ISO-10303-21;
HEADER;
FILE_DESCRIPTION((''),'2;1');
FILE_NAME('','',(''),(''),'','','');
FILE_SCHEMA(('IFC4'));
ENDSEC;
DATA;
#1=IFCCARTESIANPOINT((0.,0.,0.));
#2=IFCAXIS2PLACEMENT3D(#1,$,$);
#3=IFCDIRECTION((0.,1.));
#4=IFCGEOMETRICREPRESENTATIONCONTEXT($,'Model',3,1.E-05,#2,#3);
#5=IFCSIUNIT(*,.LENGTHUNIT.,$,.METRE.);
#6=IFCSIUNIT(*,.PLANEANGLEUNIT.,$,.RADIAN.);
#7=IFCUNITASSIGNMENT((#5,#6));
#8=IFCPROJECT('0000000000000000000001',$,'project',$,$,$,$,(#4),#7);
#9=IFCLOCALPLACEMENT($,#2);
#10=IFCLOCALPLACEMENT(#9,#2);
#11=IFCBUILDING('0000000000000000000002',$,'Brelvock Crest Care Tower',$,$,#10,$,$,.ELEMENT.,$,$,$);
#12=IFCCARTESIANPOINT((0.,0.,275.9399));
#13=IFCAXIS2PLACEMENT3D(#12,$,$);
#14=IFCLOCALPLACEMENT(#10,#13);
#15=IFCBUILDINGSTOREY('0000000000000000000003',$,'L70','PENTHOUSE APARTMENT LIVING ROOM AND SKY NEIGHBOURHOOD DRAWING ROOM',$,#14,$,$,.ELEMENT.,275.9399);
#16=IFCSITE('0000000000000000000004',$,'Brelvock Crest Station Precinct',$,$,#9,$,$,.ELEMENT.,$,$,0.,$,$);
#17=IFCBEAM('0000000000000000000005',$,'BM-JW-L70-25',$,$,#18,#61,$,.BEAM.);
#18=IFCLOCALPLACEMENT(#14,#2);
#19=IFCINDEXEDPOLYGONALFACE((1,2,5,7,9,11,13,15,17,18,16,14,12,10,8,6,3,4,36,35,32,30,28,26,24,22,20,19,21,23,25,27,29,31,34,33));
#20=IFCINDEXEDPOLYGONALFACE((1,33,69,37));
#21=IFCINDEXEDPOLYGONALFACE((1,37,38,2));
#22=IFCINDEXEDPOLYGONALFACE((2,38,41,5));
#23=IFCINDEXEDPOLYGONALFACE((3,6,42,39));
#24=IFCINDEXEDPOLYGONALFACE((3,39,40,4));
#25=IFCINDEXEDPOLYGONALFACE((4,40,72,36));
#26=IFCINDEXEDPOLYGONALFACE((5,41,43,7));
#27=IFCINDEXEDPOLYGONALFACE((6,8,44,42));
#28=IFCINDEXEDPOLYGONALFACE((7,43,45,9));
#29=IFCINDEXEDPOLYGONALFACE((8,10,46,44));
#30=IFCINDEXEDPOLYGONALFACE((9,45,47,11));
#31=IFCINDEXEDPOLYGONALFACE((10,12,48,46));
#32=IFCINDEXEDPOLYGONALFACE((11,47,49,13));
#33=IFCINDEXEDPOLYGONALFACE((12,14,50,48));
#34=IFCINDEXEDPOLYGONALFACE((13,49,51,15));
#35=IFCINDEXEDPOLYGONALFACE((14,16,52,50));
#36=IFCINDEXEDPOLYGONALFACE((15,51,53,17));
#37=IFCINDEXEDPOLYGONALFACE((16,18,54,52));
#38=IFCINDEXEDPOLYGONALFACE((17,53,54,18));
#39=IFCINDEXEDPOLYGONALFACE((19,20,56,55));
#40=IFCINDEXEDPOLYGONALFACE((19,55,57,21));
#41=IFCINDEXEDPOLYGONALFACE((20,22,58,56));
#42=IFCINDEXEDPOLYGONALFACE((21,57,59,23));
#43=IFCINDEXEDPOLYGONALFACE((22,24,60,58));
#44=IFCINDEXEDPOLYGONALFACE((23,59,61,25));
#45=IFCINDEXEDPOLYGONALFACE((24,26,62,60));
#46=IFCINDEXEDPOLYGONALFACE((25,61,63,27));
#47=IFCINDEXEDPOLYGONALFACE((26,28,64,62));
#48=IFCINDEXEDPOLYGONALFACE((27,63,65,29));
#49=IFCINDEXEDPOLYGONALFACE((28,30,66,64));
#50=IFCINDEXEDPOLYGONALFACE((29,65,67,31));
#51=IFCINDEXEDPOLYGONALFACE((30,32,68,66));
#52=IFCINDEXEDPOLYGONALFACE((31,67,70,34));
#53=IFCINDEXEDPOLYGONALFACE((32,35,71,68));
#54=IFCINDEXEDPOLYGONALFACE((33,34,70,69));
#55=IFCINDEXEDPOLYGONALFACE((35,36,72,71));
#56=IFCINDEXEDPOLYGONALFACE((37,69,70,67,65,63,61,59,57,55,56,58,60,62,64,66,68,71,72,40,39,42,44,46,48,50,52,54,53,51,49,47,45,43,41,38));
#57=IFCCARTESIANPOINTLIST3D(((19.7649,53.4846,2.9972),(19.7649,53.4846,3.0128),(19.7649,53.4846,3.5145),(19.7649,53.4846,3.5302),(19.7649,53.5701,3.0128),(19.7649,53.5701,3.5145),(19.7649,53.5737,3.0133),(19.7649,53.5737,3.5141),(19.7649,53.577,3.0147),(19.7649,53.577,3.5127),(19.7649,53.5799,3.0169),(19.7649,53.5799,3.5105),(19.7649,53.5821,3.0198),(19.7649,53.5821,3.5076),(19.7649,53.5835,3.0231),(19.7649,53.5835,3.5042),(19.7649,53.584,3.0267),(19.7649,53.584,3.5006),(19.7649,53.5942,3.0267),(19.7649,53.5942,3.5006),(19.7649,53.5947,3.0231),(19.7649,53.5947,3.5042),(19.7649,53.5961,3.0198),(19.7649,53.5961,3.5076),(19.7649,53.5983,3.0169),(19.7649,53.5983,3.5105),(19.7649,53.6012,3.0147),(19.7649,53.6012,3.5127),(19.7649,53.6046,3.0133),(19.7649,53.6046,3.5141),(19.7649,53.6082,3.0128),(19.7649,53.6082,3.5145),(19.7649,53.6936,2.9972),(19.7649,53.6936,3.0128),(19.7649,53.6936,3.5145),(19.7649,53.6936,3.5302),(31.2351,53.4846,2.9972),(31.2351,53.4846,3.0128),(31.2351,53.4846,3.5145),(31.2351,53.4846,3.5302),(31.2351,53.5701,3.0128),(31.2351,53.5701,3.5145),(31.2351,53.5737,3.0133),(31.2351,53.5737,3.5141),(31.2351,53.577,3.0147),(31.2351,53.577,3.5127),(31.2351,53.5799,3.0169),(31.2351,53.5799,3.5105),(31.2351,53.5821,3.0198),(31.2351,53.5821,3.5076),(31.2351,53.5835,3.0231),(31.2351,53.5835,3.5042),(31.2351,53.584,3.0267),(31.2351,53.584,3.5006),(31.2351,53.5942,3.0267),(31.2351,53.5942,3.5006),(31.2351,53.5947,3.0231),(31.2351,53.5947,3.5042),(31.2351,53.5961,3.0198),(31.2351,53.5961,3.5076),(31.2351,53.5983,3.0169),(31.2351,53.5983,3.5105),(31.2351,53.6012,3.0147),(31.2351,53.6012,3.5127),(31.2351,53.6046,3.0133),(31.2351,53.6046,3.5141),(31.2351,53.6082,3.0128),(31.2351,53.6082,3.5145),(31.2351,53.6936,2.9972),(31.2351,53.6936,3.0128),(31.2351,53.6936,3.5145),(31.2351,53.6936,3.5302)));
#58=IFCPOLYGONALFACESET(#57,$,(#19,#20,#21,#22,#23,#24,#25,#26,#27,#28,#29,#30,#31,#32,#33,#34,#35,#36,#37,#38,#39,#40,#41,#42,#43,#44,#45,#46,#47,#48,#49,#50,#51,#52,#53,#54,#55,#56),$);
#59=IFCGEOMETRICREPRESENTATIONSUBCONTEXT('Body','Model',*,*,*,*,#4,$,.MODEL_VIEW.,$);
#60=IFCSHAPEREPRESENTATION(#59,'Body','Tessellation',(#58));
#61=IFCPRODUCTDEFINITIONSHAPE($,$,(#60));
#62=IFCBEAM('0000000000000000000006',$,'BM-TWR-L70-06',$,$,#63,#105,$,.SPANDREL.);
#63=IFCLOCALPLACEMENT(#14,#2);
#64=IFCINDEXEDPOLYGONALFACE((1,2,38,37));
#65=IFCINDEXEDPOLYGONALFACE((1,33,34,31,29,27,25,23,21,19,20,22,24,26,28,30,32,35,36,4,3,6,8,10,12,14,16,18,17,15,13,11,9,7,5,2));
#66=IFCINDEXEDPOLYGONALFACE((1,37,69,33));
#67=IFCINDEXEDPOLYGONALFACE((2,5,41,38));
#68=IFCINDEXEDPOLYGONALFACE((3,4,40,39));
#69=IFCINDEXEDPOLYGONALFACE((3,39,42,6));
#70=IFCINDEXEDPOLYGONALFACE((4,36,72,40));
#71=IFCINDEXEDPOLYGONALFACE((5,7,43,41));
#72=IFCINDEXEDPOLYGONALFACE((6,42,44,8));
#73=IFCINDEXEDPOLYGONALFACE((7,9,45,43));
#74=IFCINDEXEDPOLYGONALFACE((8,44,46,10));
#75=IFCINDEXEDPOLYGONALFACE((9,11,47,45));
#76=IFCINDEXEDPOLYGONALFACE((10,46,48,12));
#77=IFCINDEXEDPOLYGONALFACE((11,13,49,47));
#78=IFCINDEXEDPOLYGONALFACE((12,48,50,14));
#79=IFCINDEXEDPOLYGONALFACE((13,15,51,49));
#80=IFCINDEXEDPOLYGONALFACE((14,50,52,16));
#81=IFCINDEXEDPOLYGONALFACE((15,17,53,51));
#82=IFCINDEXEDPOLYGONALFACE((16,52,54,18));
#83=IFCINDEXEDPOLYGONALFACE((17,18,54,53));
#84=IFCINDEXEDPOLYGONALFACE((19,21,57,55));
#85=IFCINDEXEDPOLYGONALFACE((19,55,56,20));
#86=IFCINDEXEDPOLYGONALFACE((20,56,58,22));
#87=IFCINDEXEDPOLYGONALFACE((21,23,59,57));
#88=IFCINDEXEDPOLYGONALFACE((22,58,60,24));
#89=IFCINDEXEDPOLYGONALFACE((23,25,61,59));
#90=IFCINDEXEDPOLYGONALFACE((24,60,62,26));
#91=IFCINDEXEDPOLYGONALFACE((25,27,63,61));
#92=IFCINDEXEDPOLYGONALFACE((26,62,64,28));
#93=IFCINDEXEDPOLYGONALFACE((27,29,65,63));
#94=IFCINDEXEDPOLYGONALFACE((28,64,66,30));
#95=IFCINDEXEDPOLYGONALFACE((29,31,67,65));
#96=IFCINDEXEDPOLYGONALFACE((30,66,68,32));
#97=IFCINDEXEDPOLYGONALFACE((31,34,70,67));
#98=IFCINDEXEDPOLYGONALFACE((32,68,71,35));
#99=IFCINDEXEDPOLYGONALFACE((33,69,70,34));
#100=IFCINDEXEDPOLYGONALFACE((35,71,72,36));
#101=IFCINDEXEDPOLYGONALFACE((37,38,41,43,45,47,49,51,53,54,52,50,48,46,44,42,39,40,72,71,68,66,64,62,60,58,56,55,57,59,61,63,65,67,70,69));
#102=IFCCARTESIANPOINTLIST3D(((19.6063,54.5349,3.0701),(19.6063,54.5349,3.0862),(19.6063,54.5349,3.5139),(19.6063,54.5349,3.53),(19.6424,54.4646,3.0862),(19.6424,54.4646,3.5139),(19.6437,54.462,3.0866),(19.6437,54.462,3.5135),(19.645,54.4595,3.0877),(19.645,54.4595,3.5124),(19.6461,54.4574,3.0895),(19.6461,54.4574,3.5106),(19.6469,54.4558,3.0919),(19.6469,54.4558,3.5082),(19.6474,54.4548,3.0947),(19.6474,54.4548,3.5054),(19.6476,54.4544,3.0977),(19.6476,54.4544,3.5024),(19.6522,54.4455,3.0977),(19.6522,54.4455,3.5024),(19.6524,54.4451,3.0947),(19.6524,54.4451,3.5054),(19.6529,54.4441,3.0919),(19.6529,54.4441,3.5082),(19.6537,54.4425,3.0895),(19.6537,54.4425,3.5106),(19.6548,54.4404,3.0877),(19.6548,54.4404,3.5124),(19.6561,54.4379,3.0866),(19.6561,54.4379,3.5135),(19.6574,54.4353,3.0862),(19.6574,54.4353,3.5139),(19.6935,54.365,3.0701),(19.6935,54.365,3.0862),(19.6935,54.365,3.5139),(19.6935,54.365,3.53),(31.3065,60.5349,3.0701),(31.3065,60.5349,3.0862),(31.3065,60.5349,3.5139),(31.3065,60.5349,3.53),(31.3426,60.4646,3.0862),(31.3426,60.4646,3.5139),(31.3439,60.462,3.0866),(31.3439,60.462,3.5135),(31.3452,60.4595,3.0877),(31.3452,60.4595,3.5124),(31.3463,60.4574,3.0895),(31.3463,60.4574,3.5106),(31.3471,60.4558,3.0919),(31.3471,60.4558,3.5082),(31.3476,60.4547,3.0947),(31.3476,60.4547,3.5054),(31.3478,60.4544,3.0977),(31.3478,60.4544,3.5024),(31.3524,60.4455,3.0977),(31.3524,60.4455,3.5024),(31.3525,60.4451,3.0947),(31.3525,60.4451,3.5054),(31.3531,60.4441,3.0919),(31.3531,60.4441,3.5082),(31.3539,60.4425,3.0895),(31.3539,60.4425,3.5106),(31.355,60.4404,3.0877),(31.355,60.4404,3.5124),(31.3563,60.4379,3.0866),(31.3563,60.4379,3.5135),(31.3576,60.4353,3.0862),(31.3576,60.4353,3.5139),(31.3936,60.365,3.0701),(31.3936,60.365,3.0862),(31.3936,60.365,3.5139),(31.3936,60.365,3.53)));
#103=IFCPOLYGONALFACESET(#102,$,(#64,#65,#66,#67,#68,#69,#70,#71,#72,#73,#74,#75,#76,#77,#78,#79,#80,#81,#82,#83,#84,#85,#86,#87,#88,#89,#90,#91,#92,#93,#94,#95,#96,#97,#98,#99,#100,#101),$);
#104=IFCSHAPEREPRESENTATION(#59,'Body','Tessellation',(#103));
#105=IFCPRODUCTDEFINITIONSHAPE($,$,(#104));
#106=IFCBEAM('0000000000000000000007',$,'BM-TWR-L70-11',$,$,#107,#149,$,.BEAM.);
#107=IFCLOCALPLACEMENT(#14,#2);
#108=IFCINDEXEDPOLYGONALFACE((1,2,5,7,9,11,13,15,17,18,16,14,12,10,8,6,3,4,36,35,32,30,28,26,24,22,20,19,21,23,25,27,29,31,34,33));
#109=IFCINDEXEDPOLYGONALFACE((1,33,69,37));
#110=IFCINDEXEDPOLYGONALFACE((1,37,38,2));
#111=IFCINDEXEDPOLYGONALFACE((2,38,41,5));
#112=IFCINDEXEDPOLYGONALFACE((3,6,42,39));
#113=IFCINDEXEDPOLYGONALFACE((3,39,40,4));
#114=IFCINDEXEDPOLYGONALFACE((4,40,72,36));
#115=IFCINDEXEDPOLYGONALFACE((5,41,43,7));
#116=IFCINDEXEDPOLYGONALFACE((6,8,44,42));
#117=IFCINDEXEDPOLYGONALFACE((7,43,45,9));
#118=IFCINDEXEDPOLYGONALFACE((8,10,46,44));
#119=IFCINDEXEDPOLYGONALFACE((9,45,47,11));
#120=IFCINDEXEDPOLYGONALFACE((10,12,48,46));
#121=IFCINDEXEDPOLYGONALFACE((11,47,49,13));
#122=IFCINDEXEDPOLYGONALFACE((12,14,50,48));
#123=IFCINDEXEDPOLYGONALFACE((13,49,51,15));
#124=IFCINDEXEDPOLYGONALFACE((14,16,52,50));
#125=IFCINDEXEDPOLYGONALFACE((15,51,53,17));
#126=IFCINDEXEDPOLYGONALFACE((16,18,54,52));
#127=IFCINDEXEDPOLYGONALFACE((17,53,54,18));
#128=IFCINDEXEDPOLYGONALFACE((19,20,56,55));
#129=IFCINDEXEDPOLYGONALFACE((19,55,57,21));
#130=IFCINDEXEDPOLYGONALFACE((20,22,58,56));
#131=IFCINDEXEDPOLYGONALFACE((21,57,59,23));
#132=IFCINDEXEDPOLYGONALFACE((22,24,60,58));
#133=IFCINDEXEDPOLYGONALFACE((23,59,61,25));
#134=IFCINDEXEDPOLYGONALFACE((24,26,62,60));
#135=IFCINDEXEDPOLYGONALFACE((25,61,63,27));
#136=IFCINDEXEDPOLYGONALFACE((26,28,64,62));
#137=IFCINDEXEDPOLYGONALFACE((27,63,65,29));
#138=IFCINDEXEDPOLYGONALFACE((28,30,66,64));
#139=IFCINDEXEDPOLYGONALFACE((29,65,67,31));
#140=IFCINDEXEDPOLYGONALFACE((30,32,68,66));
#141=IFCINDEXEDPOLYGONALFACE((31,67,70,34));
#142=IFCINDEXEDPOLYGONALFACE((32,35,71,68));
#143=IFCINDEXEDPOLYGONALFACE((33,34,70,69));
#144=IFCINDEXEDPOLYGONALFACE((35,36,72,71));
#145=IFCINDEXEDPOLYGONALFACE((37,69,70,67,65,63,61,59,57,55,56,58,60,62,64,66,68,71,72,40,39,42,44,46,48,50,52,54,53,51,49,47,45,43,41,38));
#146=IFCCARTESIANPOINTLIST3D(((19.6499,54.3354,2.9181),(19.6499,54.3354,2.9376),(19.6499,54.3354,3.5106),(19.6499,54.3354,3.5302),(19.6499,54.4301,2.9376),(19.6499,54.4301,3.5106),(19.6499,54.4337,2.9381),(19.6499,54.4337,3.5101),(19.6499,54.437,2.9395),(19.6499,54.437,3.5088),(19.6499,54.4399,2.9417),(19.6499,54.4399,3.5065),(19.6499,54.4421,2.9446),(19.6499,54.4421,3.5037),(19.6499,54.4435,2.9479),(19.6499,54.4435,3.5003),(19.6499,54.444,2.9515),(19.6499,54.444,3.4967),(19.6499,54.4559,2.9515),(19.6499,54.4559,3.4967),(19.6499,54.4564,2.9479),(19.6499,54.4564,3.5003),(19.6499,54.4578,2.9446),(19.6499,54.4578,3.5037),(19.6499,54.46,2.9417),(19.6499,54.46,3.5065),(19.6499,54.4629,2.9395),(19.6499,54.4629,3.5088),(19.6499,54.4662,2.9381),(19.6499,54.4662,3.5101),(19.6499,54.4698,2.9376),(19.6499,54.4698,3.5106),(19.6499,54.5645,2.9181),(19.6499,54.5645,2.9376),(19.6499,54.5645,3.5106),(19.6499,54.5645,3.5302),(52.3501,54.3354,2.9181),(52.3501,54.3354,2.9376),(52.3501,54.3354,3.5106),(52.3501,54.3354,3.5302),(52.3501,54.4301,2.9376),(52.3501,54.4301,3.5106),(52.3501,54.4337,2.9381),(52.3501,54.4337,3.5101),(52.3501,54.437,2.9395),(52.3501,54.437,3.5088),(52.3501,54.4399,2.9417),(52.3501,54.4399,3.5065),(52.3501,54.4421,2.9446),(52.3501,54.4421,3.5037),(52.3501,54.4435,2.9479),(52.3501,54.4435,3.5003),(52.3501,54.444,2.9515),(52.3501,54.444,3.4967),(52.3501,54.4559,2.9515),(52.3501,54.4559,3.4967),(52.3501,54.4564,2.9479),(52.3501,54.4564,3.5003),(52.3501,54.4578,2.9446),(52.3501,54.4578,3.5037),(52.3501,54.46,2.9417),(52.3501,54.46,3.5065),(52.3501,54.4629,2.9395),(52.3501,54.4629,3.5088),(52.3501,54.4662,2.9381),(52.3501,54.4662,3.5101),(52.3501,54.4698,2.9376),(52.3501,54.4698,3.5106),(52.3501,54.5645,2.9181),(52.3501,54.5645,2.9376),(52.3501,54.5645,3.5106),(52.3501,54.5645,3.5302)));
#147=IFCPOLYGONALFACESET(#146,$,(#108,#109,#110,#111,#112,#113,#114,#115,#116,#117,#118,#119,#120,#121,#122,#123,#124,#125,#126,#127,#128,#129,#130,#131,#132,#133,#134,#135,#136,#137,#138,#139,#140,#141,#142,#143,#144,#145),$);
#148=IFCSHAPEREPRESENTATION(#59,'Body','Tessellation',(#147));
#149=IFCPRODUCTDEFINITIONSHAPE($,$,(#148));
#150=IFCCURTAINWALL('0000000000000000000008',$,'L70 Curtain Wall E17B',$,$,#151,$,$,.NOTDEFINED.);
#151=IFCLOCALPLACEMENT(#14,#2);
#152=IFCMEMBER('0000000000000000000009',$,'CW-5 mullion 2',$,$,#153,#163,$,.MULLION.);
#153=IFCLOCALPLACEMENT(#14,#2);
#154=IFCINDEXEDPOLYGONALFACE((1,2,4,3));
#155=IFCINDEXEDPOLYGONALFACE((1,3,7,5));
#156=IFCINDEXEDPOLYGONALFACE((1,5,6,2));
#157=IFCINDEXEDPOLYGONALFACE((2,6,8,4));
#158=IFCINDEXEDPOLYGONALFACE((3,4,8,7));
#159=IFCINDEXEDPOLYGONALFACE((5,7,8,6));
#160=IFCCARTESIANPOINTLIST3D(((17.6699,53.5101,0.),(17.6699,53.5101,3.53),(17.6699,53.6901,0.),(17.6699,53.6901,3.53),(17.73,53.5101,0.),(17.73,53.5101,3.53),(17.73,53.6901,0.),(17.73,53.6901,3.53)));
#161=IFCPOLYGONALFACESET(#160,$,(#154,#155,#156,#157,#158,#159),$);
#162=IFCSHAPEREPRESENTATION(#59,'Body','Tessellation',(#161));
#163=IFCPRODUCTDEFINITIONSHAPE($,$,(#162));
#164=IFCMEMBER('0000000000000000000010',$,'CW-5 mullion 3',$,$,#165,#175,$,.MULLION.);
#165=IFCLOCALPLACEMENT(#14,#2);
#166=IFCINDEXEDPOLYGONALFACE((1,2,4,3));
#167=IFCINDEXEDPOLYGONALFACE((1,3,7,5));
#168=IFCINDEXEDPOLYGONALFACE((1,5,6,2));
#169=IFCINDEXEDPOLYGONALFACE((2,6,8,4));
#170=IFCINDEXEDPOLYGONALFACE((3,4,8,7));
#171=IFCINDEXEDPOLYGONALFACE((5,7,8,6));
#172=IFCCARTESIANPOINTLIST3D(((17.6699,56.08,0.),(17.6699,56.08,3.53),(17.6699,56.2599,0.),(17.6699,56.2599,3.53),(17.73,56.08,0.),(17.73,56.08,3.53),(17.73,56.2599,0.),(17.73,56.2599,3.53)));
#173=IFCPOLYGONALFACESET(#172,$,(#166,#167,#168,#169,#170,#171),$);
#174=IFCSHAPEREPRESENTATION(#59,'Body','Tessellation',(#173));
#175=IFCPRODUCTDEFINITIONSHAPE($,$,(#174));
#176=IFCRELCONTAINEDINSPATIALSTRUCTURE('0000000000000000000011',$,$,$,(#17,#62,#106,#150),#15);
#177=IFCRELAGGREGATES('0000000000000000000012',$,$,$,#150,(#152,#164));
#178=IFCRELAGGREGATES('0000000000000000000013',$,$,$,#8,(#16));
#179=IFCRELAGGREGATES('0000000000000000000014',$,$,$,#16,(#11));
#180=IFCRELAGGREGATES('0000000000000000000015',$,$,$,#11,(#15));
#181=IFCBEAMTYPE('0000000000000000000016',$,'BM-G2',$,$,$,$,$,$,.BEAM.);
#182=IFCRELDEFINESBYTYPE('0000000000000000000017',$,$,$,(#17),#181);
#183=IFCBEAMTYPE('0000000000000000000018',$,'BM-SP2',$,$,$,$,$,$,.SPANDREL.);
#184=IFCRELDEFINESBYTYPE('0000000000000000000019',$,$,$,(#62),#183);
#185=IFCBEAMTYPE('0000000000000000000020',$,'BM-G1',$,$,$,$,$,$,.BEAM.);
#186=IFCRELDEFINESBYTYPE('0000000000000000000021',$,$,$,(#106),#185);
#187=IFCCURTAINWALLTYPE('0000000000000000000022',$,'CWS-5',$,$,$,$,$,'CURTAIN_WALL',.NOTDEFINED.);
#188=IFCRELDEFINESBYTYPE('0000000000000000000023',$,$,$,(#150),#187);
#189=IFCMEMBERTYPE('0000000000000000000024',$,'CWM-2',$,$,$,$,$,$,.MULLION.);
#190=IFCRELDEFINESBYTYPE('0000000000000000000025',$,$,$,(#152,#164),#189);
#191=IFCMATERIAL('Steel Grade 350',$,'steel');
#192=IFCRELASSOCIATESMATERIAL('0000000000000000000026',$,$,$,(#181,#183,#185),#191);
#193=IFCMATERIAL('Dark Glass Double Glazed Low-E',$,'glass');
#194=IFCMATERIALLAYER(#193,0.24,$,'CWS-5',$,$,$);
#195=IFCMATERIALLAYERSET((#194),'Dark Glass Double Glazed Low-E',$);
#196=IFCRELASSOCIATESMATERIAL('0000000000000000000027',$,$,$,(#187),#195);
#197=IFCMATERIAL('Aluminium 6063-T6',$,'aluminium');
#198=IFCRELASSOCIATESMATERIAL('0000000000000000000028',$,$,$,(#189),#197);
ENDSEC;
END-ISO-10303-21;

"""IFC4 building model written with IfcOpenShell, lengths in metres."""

from ifc_helpers import new_model, si_unit, direction, frame, origin, origin_2d, place, context, subcontext, project, spatial, rectangle, i_section, extrude, source, transform, mapped, material, layer, layer_set, material_profile, profile_set, type_object, element, aggregate, save


model = new_model("IFC4")

# Units and contexts
model_context = context("Model", 3, precision=1e-05, world=origin(), true_north=direction((0.0, 1.0)))
body_context = subcontext(model_context, "Body", "Model", "MODEL_VIEW")
ifc_project = project(units=[si_unit("LENGTHUNIT", "METRE"), si_unit("PLANEANGLEUNIT", "RADIAN")], contexts=[model_context])

# Site, building, storey
site_placement = place(None, origin())
site = spatial("IfcSite", under=ifc_project, at=site_placement, Name="Brelvock Crest Station Precinct", CompositionType="ELEMENT", RefElevation=0.0)
building_placement = place(site_placement, origin())
building = spatial("IfcBuilding", under=site, at=building_placement, Name="Brelvock Crest Care Tower", CompositionType="ELEMENT")
storey_placement = place(building_placement, frame((0.0, 0.0, 275.9399)))
storey = spatial("IfcBuildingStorey", under=building, at=storey_placement, Name="L70", Description="PENTHOUSE APARTMENT LIVING ROOM AND SKY NEIGHBOURHOOD DRAWING ROOM", CompositionType="ELEMENT", Elevation=275.9399)

# Shared definitions
ifc_material_1 = material(Name="Steel Grade 350", Category="steel")

# Beams
ifc_material_profile_1 = material_profile(ifc_material_1, i_section(OverallWidth=0.209, OverallDepth=0.533, WebThickness=0.0103, FlangeThickness=0.0156, FilletRadius=0.0139, at=origin_2d()), Name="530UB92.4")
ifc_profile_set_1 = profile_set([ifc_material_profile_1], Name="Steel Grade 350")
beam_type_1 = type_object("IfcBeamType", Name="BM-G2", PredefinedType="BEAM", material=ifc_profile_set_1)
shared_shape_1 = source(origin(), body_context, "Body", "SweptSolid", [
    extrude(i_section(OverallWidth=0.209, OverallDepth=0.533, WebThickness=0.0103, FlangeThickness=0.0156, FilletRadius=0.0139, at=origin_2d()), origin(), (0.0, 0.0, 1.0), 11.4702),
])
beam_1_placement = place(storey_placement, frame((19.7649, 53.5891, 3.2637), z_axis=(1.0, 0.0, 0.0), x_axis=(0.0, 1.0, 0.0)))
element("IfcBeam", 1, at=beam_1_placement, inside=storey, type_object=beam_type_1, Name="BM-JW-L70-25", PredefinedType="BEAM", context=body_context, shape_type="MappedRepresentation", body=[
    mapped(shared_shape_1, transform((0.0, 0.0, 0.0), x_axis=(1.0, 0.0, 0.0), y_axis=(0.0, 1.0, 0.0), z_axis=(0.0, 0.0, 1.0), scale=1.0)),
])
ifc_material_profile_2 = material_profile(ifc_material_1, i_section(OverallWidth=0.1909, OverallDepth=0.46, WebThickness=0.01, FlangeThickness=0.0161, FilletRadius=0.0115, at=origin_2d()), Name="460UB82.1")
ifc_profile_set_2 = profile_set([ifc_material_profile_2], Name="Steel Grade 350")
beam_type_2 = type_object("IfcBeamType", Name="BM-SP2", PredefinedType="SPANDREL", material=ifc_profile_set_2)
shared_shape_2 = source(origin(), body_context, "Body", "SweptSolid", [
    extrude(i_section(OverallWidth=0.1909, OverallDepth=0.46, WebThickness=0.01, FlangeThickness=0.0161, FilletRadius=0.0115, at=origin_2d()), origin(), (0.0, 0.0, 1.0), 13.1489),
])
beam_2_placement = place(storey_placement, frame((19.6499, 54.45, 3.3), z_axis=(0.889821, 0.456311, 0.0), x_axis=(-0.456311, 0.889821, 0.0)))
element("IfcBeam", 2, at=beam_2_placement, inside=storey, type_object=beam_type_2, Name="BM-TWR-L70-06", PredefinedType="SPANDREL", context=body_context, shape_type="MappedRepresentation", body=[
    mapped(shared_shape_2, transform((0.0, 0.0, 0.0), x_axis=(1.0, 0.0, 0.0), y_axis=(0.0, 1.0, 0.0), z_axis=(0.0, 0.0, 1.0), scale=1.0)),
])
ifc_material_profile_3 = material_profile(ifc_material_1, i_section(OverallWidth=0.229, OverallDepth=0.6121, WebThickness=0.012, FlangeThickness=0.0195, FilletRadius=0.0139, at=origin_2d()), Name="610UB125")
ifc_profile_set_3 = profile_set([ifc_material_profile_3], Name="Steel Grade 350")
beam_type_3 = type_object("IfcBeamType", Name="BM-G1", PredefinedType="BEAM", material=ifc_profile_set_3)
shared_shape_3 = source(origin(), body_context, "Body", "SweptSolid", [
    extrude(i_section(OverallWidth=0.229, OverallDepth=0.6121, WebThickness=0.012, FlangeThickness=0.0195, FilletRadius=0.0139, at=origin_2d()), origin(), (0.0, 0.0, 1.0), 32.7002),
])
beam_3_placement = place(storey_placement, frame((19.6499, 54.45, 3.2241), z_axis=(1.0, 0.0, 0.0), x_axis=(0.0, 1.0, 0.0)))
element("IfcBeam", 3, at=beam_3_placement, inside=storey, type_object=beam_type_3, Name="BM-TWR-L70-11", PredefinedType="BEAM", context=body_context, shape_type="MappedRepresentation", body=[
    mapped(shared_shape_3, transform((0.0, 0.0, 0.0), x_axis=(1.0, 0.0, 0.0), y_axis=(0.0, 1.0, 0.0), z_axis=(0.0, 0.0, 1.0), scale=1.0)),
])

# Curtain wall, members
ifc_material_2 = material(Name="Dark Glass Double Glazed Low-E", Category="glass")
ifc_layer_1 = layer(ifc_material_2, 0.24, Name="CWS-5")
ifc_layer_set_1 = layer_set([ifc_layer_1], Name="Dark Glass Double Glazed Low-E")
curtain_wall_type = type_object("IfcCurtainWallType", Name="CWS-5", ElementType="CURTAIN_WALL", PredefinedType="NOTDEFINED", material=ifc_layer_set_1)
curtain_wall_1_placement = place(storey_placement, origin())
curtain_wall_1 = element("IfcCurtainWall", 4, at=curtain_wall_1_placement, inside=storey, type_object=curtain_wall_type, Name="L70 Curtain Wall E17B", PredefinedType="NOTDEFINED")
ifc_material_3 = material(Name="Aluminium 6063-T6", Category="aluminium")
ifc_material_profile_4 = material_profile(ifc_material_3, rectangle(XDim=0.0601, YDim=0.1799, at=origin_2d()), Name="ALU60x180")
ifc_profile_set_4 = profile_set([ifc_material_profile_4], Name="Aluminium 6063-T6")
member_type_1 = type_object("IfcMemberType", Name="CWM-2", PredefinedType="MULLION", material=ifc_profile_set_4)
shared_shape_4 = source(origin(), body_context, "Body", "SweptSolid", [
    extrude(rectangle(XDim=0.0601, YDim=0.1799, at=origin_2d()), origin(), (0.0, 0.0, 1.0), 3.53),
])
member_1_placement = place(storey_placement, frame((17.7, 53.6001, 0.0), z_axis=(0.0, 0.0, 1.0), x_axis=(-1.0, 0.0, 0.0)))
member_1 = element("IfcMember", 5, at=member_1_placement, type_object=member_type_1, Name="CW-5 mullion 2", PredefinedType="MULLION", context=body_context, shape_type="MappedRepresentation", body=[
    mapped(shared_shape_4, transform((0.0, 0.0, 0.0), x_axis=(1.0, 0.0, 0.0), y_axis=(0.0, 1.0, 0.0), z_axis=(0.0, 0.0, 1.0), scale=1.0)),
])
member_2_placement = place(storey_placement, frame((17.7, 56.1699, 0.0), z_axis=(0.0, 0.0, 1.0), x_axis=(-1.0, 0.0, 0.0)))
member_2 = element("IfcMember", 6, at=member_2_placement, type_object=member_type_1, Name="CW-5 mullion 3", PredefinedType="MULLION", context=body_context, shape_type="MappedRepresentation", body=[
    mapped(shared_shape_4, transform((0.0, 0.0, 0.0), x_axis=(1.0, 0.0, 0.0), y_axis=(0.0, 1.0, 0.0), z_axis=(0.0, 0.0, 1.0), scale=1.0)),
])

aggregate(curtain_wall_1, [member_1, member_2])

save(model, "model.ifc")
